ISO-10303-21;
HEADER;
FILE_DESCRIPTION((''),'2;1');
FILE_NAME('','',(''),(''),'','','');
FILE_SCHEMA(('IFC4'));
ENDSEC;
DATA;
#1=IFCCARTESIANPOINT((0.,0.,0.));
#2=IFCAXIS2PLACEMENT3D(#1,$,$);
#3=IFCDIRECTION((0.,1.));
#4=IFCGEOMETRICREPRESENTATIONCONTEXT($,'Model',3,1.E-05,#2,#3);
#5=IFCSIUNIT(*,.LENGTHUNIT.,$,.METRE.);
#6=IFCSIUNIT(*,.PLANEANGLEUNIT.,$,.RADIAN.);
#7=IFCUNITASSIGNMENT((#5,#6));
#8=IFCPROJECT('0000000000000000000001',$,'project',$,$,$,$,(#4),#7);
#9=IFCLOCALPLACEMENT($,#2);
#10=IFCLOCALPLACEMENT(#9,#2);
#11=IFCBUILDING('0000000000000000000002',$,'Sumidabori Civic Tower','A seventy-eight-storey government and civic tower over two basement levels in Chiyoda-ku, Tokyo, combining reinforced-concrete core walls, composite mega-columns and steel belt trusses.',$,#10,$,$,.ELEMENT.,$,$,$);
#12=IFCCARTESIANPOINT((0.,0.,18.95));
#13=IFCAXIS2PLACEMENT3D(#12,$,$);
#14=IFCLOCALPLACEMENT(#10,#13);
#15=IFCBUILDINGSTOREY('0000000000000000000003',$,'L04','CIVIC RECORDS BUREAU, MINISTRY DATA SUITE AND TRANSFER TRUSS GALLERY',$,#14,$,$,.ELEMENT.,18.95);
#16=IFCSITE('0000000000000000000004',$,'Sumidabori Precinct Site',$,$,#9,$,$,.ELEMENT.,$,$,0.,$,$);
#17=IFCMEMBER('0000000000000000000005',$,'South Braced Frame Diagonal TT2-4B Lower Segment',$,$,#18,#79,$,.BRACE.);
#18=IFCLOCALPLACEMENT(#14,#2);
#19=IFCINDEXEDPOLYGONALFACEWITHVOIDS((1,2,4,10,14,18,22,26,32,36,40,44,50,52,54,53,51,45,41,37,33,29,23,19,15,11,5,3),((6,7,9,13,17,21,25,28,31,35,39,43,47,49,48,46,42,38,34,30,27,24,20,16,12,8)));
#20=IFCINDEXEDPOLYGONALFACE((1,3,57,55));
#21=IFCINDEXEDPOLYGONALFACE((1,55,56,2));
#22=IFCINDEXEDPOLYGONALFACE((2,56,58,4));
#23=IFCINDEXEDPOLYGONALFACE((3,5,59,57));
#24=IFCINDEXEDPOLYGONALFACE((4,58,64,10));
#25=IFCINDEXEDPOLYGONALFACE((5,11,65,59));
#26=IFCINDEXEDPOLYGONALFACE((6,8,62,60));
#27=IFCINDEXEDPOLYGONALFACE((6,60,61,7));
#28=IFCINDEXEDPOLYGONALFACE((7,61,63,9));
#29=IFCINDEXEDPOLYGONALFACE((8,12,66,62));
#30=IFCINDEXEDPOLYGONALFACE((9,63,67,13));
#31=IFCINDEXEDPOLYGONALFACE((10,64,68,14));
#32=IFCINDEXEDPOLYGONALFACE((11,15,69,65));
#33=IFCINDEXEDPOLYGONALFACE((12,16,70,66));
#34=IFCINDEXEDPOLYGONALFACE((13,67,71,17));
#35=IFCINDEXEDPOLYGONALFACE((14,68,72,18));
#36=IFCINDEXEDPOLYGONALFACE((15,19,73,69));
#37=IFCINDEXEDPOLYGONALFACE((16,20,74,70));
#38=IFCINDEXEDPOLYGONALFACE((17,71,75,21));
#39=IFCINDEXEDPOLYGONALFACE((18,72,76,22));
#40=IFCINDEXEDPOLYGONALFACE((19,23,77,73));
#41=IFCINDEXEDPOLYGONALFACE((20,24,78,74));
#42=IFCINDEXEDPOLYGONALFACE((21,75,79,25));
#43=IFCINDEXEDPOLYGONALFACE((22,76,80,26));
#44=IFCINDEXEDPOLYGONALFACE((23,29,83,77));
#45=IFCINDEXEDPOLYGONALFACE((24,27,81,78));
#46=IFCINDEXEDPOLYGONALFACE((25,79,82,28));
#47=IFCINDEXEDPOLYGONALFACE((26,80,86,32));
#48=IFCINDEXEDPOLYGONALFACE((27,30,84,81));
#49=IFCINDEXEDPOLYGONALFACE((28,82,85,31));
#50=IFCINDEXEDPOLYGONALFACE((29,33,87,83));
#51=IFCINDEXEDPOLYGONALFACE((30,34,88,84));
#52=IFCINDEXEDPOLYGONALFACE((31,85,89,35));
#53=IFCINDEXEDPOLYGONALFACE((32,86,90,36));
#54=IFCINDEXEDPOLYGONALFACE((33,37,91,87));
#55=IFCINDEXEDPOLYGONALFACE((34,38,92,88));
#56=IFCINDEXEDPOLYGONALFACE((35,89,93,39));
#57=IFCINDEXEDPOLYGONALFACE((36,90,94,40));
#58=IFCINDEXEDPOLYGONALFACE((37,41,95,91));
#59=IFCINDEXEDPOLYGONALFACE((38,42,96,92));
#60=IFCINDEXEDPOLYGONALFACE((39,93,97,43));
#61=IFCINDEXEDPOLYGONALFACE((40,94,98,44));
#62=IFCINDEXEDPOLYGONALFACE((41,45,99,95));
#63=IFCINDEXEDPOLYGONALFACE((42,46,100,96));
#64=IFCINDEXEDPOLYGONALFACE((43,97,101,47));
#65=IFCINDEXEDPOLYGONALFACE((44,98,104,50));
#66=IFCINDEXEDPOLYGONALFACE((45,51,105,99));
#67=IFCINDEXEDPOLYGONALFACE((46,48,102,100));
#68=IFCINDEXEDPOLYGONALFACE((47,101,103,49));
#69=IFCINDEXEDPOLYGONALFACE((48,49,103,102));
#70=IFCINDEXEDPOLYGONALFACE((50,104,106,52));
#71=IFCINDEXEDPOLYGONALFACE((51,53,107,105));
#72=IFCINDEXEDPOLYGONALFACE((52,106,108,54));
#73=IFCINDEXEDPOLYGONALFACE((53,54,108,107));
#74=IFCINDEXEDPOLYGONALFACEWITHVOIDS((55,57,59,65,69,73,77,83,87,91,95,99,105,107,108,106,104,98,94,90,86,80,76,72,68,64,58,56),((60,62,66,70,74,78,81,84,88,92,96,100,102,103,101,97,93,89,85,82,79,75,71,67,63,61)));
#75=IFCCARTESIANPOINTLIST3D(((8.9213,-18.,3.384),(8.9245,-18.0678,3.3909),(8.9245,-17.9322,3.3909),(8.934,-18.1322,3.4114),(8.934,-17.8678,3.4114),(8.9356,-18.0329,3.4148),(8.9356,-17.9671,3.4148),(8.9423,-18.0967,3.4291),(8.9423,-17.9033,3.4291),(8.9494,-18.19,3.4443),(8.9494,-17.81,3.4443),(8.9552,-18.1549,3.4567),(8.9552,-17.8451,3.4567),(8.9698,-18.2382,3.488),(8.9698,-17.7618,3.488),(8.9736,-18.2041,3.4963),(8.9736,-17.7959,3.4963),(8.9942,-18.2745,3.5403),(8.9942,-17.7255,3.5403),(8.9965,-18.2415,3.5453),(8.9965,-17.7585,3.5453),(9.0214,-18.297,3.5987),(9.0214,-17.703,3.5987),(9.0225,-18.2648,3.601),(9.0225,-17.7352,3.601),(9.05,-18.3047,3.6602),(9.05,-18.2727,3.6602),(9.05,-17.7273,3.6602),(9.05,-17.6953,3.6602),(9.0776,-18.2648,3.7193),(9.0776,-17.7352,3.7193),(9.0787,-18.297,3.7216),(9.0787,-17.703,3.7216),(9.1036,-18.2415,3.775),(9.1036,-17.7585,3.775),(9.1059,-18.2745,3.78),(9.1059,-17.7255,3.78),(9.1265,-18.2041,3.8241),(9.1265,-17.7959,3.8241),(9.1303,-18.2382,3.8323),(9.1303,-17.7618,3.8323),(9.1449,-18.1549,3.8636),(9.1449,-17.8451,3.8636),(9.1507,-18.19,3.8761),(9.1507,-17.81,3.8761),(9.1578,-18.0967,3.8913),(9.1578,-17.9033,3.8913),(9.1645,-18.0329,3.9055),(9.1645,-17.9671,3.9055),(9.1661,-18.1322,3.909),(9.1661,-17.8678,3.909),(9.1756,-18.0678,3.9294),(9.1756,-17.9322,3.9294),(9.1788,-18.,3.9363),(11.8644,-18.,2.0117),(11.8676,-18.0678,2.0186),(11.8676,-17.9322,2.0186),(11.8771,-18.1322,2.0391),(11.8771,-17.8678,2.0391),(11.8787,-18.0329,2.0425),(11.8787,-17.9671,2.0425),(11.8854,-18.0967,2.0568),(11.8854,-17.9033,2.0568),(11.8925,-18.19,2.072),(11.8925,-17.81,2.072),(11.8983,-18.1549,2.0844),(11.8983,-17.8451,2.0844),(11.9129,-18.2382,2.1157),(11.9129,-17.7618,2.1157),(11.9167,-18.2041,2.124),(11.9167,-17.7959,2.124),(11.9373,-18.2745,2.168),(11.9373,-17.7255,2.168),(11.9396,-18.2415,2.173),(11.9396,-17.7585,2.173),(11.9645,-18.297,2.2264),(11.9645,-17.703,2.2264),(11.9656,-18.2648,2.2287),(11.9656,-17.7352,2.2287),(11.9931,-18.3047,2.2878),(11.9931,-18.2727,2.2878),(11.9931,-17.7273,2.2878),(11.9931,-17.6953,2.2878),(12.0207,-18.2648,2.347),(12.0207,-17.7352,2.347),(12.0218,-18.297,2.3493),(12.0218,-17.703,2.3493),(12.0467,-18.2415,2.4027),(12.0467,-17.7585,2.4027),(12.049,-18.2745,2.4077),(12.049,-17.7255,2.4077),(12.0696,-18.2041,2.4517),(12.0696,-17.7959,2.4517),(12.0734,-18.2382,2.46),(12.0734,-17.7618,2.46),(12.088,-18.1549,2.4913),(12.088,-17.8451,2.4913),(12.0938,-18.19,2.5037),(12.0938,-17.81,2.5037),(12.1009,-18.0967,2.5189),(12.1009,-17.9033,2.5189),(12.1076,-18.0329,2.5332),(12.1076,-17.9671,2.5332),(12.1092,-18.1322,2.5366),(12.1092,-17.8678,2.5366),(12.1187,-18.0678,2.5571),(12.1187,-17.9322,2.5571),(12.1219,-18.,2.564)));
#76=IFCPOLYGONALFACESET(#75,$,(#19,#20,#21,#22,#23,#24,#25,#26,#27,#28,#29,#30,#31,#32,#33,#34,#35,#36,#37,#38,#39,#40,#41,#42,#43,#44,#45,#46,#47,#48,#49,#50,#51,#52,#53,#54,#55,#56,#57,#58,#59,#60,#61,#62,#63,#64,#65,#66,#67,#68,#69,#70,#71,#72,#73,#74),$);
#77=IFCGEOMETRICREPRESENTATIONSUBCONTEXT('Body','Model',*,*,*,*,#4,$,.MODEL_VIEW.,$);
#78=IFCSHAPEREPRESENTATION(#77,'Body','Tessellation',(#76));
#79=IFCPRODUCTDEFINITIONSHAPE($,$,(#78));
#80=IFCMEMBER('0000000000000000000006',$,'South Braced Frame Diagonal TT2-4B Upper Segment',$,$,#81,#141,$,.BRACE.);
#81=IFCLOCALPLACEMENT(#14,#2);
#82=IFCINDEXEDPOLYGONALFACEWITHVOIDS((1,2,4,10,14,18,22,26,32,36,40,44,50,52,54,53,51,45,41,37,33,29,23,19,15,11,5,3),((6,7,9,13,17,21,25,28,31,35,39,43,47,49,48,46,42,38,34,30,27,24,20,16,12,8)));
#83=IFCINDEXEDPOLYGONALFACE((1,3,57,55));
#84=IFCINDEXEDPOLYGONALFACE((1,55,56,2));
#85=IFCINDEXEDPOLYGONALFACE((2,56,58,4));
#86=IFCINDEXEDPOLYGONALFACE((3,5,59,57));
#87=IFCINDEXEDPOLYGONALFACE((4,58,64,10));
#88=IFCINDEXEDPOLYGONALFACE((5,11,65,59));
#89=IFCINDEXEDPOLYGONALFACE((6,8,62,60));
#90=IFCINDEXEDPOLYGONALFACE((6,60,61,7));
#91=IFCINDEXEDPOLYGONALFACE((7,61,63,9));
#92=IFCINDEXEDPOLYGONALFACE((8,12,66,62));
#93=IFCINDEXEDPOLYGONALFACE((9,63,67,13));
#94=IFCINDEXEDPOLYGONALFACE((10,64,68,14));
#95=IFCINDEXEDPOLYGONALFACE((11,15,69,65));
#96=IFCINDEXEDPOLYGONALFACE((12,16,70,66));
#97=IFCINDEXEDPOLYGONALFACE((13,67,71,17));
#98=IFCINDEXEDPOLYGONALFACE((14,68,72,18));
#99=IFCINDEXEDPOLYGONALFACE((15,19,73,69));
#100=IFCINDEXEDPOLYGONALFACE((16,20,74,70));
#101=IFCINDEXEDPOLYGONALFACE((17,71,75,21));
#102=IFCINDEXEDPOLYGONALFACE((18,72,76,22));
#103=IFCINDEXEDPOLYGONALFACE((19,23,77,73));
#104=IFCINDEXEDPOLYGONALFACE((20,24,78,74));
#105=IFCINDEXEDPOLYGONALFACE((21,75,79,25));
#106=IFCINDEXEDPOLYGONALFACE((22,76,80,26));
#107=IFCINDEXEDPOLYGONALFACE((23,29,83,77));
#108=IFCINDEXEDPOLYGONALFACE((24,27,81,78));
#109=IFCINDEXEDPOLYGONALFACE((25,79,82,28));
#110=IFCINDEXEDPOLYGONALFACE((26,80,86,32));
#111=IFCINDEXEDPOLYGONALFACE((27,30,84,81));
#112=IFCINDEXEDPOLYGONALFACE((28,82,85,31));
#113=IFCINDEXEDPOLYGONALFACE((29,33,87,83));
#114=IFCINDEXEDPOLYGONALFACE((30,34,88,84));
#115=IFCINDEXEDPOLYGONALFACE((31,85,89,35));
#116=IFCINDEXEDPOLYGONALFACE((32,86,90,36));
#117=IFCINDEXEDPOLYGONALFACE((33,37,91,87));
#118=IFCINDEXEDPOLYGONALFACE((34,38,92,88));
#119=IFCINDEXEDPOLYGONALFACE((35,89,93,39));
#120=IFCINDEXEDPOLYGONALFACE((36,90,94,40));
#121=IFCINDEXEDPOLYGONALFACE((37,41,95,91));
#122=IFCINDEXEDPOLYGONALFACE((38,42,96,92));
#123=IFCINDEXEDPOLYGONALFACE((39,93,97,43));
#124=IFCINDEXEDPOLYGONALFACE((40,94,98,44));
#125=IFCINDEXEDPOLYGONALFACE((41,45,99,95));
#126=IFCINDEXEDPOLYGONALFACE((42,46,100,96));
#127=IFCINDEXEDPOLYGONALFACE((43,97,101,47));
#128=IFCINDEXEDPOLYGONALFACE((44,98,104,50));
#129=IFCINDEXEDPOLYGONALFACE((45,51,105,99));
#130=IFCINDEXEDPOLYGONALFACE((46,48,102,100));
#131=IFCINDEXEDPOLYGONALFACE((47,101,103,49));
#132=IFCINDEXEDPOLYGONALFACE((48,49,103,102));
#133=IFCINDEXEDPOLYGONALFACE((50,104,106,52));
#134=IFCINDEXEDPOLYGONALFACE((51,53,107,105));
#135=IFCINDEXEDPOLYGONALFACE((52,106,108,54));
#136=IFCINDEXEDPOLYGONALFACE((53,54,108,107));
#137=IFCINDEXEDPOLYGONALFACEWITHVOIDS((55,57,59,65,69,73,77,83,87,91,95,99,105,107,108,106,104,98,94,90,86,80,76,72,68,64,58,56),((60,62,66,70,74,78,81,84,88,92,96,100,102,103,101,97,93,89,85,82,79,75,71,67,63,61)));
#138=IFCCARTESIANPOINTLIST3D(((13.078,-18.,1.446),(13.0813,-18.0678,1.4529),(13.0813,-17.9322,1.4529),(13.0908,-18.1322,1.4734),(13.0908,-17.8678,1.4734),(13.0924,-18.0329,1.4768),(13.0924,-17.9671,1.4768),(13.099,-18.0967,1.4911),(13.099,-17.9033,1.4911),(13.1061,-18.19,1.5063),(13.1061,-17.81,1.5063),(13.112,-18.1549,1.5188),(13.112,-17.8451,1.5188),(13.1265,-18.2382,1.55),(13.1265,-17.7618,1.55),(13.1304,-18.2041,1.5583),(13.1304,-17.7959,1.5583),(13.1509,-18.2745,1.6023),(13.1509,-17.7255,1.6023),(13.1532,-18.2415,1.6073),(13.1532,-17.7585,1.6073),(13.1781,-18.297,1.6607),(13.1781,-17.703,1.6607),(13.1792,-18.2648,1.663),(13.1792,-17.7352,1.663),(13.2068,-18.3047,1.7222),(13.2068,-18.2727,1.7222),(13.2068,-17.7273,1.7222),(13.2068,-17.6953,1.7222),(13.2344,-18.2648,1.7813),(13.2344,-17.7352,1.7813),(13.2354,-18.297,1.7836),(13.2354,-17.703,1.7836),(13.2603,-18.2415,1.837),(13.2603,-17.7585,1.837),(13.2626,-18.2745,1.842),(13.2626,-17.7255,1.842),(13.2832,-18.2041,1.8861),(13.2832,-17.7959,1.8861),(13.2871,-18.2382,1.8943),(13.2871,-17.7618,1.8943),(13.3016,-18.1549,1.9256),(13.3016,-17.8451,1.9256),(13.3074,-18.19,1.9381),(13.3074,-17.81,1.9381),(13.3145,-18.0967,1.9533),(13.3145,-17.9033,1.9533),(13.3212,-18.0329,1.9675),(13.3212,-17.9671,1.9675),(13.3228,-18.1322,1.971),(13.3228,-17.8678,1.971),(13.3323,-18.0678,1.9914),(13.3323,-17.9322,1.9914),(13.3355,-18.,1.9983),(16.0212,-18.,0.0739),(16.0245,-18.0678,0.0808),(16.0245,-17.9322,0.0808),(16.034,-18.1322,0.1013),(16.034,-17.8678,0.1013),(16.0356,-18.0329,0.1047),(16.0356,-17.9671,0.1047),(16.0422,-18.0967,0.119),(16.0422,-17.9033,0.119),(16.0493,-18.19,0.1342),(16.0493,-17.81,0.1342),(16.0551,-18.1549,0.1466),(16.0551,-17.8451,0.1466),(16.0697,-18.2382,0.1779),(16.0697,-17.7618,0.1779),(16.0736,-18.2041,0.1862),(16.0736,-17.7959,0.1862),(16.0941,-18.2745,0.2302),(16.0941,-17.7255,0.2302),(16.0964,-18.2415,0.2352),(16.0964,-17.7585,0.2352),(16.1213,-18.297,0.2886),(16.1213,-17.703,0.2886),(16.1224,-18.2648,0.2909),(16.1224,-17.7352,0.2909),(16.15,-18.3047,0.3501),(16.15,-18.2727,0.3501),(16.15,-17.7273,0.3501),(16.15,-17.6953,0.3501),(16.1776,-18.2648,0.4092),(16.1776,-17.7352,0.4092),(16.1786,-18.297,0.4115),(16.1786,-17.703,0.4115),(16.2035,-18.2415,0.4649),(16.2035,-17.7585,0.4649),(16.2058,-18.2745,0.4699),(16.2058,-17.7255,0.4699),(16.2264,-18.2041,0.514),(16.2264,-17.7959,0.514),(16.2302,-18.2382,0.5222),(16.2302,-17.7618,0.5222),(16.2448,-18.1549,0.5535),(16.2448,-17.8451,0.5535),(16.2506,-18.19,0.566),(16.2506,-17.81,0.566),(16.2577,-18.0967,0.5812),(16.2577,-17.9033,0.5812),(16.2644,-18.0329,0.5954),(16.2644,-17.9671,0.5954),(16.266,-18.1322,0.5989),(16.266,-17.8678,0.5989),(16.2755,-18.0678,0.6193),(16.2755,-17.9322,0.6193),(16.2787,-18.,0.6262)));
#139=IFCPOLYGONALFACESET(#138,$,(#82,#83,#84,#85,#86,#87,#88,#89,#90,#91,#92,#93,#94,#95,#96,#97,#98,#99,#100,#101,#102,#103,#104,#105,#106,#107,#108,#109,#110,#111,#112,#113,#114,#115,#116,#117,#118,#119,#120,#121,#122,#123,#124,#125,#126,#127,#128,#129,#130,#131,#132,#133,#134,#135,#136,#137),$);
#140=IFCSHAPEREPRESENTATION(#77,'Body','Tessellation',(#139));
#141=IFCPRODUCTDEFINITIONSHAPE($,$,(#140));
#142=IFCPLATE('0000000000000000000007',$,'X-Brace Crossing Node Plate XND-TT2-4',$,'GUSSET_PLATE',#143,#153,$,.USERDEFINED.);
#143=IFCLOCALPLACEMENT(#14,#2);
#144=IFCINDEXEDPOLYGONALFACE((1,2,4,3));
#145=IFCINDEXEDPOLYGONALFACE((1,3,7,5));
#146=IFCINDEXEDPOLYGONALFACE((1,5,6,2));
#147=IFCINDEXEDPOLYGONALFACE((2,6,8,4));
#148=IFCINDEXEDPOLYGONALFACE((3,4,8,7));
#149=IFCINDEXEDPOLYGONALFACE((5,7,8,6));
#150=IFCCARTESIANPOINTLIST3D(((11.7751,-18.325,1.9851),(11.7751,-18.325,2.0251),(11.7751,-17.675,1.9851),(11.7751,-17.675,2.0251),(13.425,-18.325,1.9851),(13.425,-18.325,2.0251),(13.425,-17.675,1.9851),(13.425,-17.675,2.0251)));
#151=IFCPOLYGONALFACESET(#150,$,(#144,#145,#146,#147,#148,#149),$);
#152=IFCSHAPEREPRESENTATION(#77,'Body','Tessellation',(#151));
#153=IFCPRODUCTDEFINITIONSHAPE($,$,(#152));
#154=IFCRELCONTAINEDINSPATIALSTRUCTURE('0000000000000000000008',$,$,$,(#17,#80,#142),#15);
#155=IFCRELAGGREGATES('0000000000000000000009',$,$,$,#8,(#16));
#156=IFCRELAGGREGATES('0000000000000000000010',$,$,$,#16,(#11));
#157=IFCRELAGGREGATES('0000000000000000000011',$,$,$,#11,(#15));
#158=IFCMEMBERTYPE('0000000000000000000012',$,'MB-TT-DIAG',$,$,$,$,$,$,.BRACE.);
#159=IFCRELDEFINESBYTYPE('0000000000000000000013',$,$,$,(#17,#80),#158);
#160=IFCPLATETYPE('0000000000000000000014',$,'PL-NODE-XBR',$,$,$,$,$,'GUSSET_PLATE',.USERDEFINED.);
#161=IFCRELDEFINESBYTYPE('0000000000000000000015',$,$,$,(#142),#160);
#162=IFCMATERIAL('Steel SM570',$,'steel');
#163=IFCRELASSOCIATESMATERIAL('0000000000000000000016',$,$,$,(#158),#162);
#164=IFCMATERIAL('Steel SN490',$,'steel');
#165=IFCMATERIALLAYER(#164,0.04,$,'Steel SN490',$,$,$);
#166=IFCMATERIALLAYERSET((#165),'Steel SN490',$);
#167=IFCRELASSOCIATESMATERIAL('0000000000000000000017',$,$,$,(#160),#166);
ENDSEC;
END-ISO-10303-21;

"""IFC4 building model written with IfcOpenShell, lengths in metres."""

from ifc_helpers import new_model, si_unit, direction, frame, origin, origin_2d, place, context, subcontext, project, spatial, rectangle, hollow_circle, extrude, source, transform, mapped, material, layer, layer_set, material_profile, profile_set, type_object, element, save


model = new_model("IFC4")

# Units and contexts
model_context = context("Model", 3, precision=1e-05, world=origin(), true_north=direction((0.0, 1.0)))
body_context = subcontext(model_context, "Body", "Model", "MODEL_VIEW")
ifc_project = project(units=[si_unit("LENGTHUNIT", "METRE"), si_unit("PLANEANGLEUNIT", "RADIAN")], contexts=[model_context])

# Site, building, storey
site_placement = place(None, origin())
site = spatial("IfcSite", under=ifc_project, at=site_placement, Name="Sumidabori Precinct Site", CompositionType="ELEMENT", RefElevation=0.0)
building_placement = place(site_placement, origin())
building = spatial("IfcBuilding", under=site, at=building_placement, Name="Sumidabori Civic Tower", Description="A seventy-eight-storey government and civic tower over two basement levels in Chiyoda-ku, Tokyo, combining reinforced-concrete core walls, composite mega-columns and steel belt trusses.", CompositionType="ELEMENT")
storey_placement = place(building_placement, frame((0.0, 0.0, 18.95)))
storey = spatial("IfcBuildingStorey", under=building, at=storey_placement, Name="L04", Description="CIVIC RECORDS BUREAU, MINISTRY DATA SUITE AND TRANSFER TRUSS GALLERY", CompositionType="ELEMENT", Elevation=18.95)

# Shared definitions
ifc_material_1 = material(Name="Steel SN490", Category="steel")

# Members
ifc_material_2 = material(Name="Steel SM570", Category="steel")
ifc_material_profile_1 = material_profile(ifc_material_2, hollow_circle(Radius=0.3047, WallThickness=0.032, at=origin_2d()), Name="CHS 609.6x32")
ifc_profile_set_1 = profile_set([ifc_material_profile_1], Name="Steel SM570")
member_type = type_object("IfcMemberType", Name="MB-TT-DIAG", PredefinedType="BRACE", material=ifc_profile_set_1)
shared_shape_1 = source(origin(), body_context, "Body", "SweptSolid", [
    extrude(hollow_circle(Radius=0.3047, WallThickness=0.032, at=origin_2d()), origin(), (0.0, 0.0, 1.0), 3.2473),
])
for number, where, z_axis, x_axis, name in (
    (1, (9.05, -18.0, 3.6602), (0.906318, 0.0, -0.422597), (0.0, 1.0, 0.0), "South Braced Frame Diagonal TT2-4B Lower Segment"),
    (2, (13.2068, -18.0, 1.7222), (0.906346, 0.0, -0.422536), (0.0, 1.0, 0.0), "South Braced Frame Diagonal TT2-4B Upper Segment"),
):
    element("IfcMember", number, at=place(storey_placement, frame(where, z_axis=z_axis, x_axis=x_axis)), inside=storey, type_object=member_type, Name=name, PredefinedType="BRACE", context=body_context, shape_type="MappedRepresentation", body=[
        mapped(shared_shape_1, transform((0.0, 0.0, 0.0), x_axis=(1.0, 0.0, 0.0), y_axis=(0.0, 1.0, 0.0), z_axis=(0.0, 0.0, 1.0), scale=1.0)),
    ])

# Plate
ifc_layer_1 = layer(ifc_material_1, 0.04, Name="Steel SN490")
ifc_layer_set_1 = layer_set([ifc_layer_1], Name="Steel SN490")
plate_type = type_object("IfcPlateType", Name="PL-NODE-XBR", ElementType="GUSSET_PLATE", PredefinedType="USERDEFINED", material=ifc_layer_set_1)
shared_shape_2 = source(origin(), body_context, "Body", "SweptSolid", [
    extrude(rectangle(XDim=1.6499, YDim=0.6499, at=origin_2d()), origin(), (0.0, 0.0, 1.0), 0.04),
])
plate_placement = place(storey_placement, frame((12.6001, -18.0, 1.9851), z_axis=(0.0, 0.0, 1.0), x_axis=(1.0, 0.0, 0.0)))
element("IfcPlate", 3, at=plate_placement, inside=storey, type_object=plate_type, Name="X-Brace Crossing Node Plate XND-TT2-4", ObjectType="GUSSET_PLATE", PredefinedType="USERDEFINED", context=body_context, shape_type="MappedRepresentation", body=[
    mapped(shared_shape_2, transform((0.0, 0.0, 0.0), x_axis=(1.0, 0.0, 0.0), y_axis=(0.0, 1.0, 0.0), z_axis=(0.0, 0.0, 1.0), scale=1.0)),
])

save(model, "model.ifc")
